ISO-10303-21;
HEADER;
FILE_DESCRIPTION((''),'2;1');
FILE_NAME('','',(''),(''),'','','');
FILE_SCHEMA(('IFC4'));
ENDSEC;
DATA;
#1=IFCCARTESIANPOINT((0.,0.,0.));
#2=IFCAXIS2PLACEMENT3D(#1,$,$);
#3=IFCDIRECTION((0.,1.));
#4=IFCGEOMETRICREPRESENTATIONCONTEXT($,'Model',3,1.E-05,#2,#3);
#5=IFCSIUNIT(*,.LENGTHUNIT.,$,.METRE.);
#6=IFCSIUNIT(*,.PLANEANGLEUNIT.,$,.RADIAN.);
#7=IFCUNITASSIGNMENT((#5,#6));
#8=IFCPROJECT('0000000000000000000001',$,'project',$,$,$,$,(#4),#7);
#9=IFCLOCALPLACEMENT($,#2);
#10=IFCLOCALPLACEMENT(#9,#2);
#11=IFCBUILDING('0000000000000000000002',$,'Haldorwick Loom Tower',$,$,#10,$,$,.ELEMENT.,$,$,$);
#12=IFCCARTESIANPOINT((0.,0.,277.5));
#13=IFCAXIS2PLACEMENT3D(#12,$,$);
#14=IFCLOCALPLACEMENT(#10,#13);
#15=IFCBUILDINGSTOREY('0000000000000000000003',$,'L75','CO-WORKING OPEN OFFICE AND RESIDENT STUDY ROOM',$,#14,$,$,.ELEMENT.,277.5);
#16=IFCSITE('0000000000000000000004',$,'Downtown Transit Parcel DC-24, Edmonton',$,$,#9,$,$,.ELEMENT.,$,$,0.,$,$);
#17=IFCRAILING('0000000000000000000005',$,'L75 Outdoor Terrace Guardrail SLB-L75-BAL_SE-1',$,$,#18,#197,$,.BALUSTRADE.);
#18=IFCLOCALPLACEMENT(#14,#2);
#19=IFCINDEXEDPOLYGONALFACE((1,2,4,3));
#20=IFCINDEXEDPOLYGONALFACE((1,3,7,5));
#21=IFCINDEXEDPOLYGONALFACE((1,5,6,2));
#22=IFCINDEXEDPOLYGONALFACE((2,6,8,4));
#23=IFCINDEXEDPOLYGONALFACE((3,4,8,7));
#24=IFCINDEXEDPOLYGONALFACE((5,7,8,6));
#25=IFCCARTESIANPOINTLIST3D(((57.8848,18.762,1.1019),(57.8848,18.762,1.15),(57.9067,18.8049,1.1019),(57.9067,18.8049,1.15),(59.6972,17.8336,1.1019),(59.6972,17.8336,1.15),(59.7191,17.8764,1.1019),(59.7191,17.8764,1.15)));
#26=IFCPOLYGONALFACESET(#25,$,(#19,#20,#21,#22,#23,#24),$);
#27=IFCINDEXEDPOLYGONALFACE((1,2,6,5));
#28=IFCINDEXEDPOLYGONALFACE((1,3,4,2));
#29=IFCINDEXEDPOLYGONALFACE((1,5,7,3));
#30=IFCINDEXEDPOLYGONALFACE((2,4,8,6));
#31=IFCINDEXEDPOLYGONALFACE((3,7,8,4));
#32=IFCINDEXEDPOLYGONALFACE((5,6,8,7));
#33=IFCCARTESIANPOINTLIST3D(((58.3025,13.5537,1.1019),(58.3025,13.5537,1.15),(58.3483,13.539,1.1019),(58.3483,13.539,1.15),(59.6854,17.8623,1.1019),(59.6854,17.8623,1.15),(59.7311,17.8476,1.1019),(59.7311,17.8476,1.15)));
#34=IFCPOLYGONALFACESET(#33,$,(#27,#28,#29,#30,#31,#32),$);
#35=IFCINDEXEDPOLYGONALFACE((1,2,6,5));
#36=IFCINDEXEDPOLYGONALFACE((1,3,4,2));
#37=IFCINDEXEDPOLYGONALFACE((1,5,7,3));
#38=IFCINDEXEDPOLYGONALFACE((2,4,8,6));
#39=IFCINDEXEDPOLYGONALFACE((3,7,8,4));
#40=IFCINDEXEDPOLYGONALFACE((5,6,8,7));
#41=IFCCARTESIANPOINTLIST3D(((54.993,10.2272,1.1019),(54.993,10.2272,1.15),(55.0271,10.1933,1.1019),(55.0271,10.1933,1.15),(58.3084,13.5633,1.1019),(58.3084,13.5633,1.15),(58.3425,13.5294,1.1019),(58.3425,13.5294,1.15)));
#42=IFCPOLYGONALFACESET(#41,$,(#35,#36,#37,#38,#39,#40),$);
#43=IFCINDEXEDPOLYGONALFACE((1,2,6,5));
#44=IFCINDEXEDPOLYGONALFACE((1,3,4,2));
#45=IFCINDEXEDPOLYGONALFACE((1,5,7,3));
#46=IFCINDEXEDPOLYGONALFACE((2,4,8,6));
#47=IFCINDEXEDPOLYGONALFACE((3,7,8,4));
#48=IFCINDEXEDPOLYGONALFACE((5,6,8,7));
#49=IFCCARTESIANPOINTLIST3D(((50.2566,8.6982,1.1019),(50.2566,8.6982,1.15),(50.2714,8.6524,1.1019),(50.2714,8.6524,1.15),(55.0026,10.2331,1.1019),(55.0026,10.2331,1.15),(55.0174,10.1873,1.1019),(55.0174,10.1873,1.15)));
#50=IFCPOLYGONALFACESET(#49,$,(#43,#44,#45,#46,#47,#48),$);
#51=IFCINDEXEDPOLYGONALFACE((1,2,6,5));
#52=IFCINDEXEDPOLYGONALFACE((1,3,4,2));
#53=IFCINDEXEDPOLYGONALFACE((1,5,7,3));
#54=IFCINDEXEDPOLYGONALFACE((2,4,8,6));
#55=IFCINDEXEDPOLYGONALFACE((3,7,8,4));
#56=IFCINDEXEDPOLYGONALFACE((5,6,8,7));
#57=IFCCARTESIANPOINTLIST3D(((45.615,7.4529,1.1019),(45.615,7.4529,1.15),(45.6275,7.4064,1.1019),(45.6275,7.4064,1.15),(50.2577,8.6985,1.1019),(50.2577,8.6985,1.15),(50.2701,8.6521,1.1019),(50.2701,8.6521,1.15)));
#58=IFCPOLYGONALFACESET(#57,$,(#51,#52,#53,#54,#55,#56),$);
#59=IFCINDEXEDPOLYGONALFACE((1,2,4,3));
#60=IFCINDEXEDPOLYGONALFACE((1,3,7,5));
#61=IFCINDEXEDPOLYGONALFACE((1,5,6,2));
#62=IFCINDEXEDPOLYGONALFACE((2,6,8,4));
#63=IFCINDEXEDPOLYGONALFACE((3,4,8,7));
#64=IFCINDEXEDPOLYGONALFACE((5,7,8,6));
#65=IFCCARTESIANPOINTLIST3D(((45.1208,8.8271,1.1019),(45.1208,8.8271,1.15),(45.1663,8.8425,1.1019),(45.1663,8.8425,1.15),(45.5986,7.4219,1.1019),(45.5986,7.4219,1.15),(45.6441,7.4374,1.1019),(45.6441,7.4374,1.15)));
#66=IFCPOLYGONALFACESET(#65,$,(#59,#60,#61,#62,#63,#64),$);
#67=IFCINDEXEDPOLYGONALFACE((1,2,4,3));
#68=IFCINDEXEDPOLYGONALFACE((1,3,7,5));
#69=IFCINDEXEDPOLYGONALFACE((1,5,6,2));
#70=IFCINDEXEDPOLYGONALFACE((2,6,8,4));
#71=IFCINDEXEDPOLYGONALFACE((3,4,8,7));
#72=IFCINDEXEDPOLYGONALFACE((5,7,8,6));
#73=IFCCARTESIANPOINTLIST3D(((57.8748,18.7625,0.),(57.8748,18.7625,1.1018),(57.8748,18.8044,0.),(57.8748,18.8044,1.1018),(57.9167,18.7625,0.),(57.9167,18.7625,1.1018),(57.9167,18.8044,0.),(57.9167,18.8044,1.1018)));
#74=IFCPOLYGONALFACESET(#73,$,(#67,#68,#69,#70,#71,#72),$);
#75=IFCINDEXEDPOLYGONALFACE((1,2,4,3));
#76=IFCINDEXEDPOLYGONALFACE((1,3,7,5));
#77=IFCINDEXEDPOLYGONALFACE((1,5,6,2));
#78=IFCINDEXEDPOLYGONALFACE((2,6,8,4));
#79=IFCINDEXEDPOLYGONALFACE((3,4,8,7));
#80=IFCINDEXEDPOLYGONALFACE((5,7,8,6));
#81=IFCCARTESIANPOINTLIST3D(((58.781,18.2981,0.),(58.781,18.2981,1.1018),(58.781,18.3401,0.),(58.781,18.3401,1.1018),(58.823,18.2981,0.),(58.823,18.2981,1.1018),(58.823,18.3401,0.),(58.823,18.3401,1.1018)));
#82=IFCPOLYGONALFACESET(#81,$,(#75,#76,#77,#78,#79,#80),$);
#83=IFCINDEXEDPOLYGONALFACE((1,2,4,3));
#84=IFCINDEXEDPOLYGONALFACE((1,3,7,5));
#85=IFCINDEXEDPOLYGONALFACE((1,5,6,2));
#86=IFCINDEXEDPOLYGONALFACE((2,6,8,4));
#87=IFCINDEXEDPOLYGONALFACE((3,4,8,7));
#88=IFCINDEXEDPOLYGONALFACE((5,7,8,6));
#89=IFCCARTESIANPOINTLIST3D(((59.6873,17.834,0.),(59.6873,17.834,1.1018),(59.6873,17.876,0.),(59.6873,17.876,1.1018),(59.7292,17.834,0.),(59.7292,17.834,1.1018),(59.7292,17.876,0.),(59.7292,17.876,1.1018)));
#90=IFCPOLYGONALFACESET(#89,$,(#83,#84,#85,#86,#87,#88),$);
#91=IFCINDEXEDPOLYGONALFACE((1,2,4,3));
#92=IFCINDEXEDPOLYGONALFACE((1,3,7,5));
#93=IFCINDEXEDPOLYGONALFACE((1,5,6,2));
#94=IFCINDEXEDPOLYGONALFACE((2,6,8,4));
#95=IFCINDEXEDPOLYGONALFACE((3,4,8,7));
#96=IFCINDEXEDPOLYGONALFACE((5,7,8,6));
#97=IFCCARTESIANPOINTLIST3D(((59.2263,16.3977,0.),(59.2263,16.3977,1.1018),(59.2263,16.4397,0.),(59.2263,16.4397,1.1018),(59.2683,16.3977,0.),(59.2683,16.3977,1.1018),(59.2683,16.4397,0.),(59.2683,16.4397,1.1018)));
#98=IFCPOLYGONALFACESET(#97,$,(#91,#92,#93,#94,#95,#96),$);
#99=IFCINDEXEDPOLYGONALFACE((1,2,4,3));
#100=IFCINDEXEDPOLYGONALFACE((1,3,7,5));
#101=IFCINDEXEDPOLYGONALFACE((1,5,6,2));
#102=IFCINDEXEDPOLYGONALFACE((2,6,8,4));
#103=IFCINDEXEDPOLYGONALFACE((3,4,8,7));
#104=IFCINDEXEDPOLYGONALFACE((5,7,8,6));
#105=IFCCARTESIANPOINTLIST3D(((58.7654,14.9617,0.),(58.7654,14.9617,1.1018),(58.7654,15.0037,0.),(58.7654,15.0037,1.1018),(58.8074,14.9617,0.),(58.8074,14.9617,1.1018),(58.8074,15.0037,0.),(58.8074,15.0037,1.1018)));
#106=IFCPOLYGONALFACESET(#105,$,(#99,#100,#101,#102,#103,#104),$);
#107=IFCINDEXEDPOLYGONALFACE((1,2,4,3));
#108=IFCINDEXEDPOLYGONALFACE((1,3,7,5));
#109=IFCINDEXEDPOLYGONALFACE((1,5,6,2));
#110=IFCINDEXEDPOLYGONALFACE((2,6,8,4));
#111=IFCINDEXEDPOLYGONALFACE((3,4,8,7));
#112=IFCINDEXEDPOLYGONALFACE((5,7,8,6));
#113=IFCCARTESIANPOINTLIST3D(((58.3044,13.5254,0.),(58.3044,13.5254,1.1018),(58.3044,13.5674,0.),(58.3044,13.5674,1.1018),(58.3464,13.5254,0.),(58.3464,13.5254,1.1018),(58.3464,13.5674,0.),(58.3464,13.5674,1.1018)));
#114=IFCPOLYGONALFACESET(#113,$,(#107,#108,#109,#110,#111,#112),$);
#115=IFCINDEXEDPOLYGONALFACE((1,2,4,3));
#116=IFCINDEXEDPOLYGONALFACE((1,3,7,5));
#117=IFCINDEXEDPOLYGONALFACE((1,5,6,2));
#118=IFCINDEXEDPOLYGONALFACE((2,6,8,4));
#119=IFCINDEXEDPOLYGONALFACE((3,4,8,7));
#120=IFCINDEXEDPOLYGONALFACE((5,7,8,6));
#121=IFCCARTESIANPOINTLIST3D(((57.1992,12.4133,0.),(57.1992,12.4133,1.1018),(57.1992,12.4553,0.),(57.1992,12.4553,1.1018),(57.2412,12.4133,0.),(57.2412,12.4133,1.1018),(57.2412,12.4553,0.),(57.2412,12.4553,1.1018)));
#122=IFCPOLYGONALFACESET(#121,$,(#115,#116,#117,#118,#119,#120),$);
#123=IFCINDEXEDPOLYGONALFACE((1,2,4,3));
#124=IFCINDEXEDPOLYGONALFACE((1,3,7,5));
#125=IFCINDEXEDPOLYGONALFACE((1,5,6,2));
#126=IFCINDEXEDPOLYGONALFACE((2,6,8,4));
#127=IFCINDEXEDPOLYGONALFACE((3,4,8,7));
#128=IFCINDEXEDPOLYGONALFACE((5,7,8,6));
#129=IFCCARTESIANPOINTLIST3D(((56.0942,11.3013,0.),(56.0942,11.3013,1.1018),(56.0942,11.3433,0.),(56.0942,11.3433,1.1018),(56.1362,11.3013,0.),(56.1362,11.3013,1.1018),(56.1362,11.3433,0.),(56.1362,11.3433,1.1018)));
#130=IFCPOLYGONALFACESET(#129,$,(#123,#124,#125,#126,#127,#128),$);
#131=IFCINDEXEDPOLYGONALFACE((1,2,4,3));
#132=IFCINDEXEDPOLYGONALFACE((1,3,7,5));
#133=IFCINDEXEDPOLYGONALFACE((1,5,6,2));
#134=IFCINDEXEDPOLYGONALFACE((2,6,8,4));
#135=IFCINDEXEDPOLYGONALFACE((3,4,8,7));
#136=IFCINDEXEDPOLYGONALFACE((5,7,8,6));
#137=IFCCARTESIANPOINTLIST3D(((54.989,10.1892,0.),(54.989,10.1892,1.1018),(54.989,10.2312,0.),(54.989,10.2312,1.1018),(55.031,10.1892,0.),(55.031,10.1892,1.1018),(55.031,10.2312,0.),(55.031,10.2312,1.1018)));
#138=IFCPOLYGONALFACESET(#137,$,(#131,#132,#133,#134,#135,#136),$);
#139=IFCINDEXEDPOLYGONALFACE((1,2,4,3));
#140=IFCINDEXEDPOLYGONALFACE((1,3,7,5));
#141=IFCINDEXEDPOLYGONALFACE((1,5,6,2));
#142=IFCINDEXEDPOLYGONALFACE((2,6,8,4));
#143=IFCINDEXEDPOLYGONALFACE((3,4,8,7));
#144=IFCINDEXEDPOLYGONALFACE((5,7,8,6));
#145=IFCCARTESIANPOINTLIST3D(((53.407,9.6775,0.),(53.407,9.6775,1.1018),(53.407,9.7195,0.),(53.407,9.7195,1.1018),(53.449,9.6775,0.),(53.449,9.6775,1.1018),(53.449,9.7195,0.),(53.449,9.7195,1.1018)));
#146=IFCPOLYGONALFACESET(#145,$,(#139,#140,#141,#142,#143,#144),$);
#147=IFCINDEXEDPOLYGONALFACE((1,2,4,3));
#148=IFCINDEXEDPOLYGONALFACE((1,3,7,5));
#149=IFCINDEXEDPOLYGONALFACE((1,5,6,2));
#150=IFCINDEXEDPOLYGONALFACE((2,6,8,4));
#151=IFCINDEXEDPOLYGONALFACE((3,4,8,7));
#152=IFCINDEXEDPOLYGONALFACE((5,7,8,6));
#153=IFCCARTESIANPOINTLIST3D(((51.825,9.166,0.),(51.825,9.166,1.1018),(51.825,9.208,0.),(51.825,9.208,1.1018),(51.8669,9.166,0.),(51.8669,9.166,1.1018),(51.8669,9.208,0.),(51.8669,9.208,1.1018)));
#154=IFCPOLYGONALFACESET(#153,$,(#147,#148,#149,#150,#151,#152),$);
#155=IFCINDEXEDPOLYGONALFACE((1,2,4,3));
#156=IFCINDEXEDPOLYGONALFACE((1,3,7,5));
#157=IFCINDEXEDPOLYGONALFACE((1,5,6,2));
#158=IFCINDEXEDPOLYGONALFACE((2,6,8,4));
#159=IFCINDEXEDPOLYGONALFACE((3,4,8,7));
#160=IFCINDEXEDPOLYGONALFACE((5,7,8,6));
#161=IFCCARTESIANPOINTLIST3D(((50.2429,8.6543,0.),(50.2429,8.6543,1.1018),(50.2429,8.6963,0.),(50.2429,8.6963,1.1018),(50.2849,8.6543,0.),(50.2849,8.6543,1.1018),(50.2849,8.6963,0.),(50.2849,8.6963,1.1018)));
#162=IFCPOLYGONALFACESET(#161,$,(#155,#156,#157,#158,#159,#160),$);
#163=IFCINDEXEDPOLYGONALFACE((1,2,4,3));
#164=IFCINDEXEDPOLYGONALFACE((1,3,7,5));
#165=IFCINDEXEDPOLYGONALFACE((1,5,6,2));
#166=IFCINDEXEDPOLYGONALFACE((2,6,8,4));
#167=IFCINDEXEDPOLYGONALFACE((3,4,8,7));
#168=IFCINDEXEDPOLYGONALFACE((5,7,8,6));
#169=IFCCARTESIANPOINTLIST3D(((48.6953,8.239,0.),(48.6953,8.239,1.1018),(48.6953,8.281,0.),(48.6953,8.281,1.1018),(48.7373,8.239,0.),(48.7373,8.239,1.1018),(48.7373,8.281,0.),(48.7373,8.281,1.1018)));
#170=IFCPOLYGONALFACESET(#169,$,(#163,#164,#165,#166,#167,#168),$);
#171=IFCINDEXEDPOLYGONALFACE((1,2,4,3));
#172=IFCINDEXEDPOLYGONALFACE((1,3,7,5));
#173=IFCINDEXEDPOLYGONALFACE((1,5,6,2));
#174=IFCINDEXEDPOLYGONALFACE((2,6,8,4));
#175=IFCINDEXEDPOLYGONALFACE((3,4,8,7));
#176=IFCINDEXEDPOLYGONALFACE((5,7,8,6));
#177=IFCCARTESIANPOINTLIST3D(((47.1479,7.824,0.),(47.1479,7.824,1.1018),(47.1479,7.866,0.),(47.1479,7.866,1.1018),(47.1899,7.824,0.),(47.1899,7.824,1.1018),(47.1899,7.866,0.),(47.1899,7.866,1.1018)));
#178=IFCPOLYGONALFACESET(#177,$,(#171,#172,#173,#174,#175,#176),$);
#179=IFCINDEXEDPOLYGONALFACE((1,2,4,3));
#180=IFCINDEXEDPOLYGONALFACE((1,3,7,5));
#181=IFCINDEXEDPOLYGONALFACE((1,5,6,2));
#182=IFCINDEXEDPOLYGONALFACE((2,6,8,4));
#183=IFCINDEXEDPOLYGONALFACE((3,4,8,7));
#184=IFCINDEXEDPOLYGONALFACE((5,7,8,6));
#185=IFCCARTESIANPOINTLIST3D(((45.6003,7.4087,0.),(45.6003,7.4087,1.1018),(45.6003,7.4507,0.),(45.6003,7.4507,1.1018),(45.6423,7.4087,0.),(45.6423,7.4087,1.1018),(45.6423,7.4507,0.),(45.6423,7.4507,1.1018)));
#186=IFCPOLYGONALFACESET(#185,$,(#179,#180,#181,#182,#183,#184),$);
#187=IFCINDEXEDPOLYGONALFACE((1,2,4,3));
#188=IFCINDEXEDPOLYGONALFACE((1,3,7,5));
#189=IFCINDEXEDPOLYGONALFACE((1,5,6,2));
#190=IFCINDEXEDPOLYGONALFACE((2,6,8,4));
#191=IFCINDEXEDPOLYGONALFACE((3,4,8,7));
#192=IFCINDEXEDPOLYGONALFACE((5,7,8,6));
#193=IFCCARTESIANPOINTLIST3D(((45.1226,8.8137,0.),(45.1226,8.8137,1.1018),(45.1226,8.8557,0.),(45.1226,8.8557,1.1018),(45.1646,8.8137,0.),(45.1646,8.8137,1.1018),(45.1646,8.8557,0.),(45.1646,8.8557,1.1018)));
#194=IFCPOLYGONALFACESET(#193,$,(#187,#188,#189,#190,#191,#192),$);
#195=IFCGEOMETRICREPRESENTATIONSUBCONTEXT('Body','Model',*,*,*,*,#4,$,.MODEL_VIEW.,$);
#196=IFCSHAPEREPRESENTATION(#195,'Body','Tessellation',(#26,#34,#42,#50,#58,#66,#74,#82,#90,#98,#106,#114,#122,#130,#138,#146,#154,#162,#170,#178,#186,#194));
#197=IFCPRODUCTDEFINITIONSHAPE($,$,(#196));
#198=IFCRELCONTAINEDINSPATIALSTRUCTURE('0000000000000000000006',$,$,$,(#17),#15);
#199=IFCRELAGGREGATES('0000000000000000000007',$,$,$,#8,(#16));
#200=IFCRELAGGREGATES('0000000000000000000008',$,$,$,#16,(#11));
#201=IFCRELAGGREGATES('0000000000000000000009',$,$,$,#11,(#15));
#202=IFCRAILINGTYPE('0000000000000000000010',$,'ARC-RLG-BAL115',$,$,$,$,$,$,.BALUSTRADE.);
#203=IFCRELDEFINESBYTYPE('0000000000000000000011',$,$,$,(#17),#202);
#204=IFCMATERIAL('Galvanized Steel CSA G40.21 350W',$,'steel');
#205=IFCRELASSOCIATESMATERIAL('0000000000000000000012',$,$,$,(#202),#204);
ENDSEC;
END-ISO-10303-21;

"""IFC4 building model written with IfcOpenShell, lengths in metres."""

from ifc_helpers import new_model, si_unit, direction, frame, origin, origin_2d, place, context, subcontext, project, spatial, rectangle, extrude, material, type_object, element, save


model = new_model("IFC4")

# Units and contexts
model_context = context("Model", 3, precision=1e-05, world=origin(), true_north=direction((0.0, 1.0)))
body_context = subcontext(model_context, "Body", "Model", "MODEL_VIEW")
ifc_project = project(units=[si_unit("LENGTHUNIT", "METRE"), si_unit("PLANEANGLEUNIT", "RADIAN")], contexts=[model_context])

# Site, building, storey
site_placement = place(None, origin())
site = spatial("IfcSite", under=ifc_project, at=site_placement, Name="Downtown Transit Parcel DC-24, Edmonton", CompositionType="ELEMENT", RefElevation=0.0)
building_placement = place(site_placement, origin())
building = spatial("IfcBuilding", under=site, at=building_placement, Name="Haldorwick Loom Tower", CompositionType="ELEMENT")
storey_placement = place(building_placement, frame((0.0, 0.0, 277.5)))
storey = spatial("IfcBuildingStorey", under=building, at=storey_placement, Name="L75", Description="CO-WORKING OPEN OFFICE AND RESIDENT STUDY ROOM", CompositionType="ELEMENT", Elevation=277.5)

# Railing
ifc_material_1 = material(Name="Galvanized Steel CSA G40.21 350W", Category="steel")
railing_type = type_object("IfcRailingType", Name="ARC-RLG-BAL115", PredefinedType="BALUSTRADE", material=ifc_material_1)
railing_placement = place(storey_placement, frame((57.8958, 18.7834, 0.0)))
element("IfcRailing", 1, at=railing_placement, inside=storey, type_object=railing_type, Name="L75 Outdoor Terrace Guardrail SLB-L75-BAL_SE-1", PredefinedType="BALUSTRADE", context=body_context, shape_type="SweptSolid", body=[
    extrude(rectangle(XDim=0.0481, YDim=0.0481, at=origin_2d()), frame((0.0, 0.0, 1.126), z_axis=(0.890021, -0.45592, 0.0), x_axis=(0.45592, 0.890021, 0.0)), (0.0, 0.0, 1.0), 2.0364),
    extrude(rectangle(XDim=0.0481, YDim=0.0481, at=origin_2d()), frame((1.8125, -0.9285, 1.126), z_axis=(-0.30559, -0.952163, 0.0), x_axis=(0.952163, -0.30559, 0.0)), (0.0, 0.0, 1.0), 4.5251),
    extrude(rectangle(XDim=0.0481, YDim=0.0481, at=origin_2d()), frame((0.4297, -5.2371, 1.126), z_axis=(-0.704897, -0.709309, 0.0), x_axis=(0.709309, -0.704897, 0.0)), (0.0, 0.0, 1.0), 4.7034),
    extrude(rectangle(XDim=0.0481, YDim=0.0481, at=origin_2d()), frame((-2.8857, -8.5732, 1.126), z_axis=(-0.951479, -0.307713, 0.0), x_axis=(0.307713, -0.951479, 0.0)), (0.0, 0.0, 1.0), 4.988),
    extrude(rectangle(XDim=0.0481, YDim=0.0481, at=origin_2d()), frame((-7.6318, -10.1082, 1.126), z_axis=(-0.965841, -0.259135, 0.0), x_axis=(0.259135, -0.965841, 0.0)), (0.0, 0.0, 1.0), 4.8069),
    extrude(rectangle(XDim=0.0481, YDim=0.0481, at=origin_2d()), frame((-12.2744, -11.3538, 1.126), z_axis=(-0.321947, 0.946758, 0.0), x_axis=(-0.946758, -0.321947, 0.0)), (0.0, 0.0, 1.0), 1.4841),
    extrude(rectangle(XDim=0.042, YDim=0.042, at=origin_2d()), origin(), (0.0, 0.0, 1.0), 1.1018),
    extrude(rectangle(XDim=0.042, YDim=0.042, at=origin_2d()), frame((0.9062, -0.4644, 0.0)), (0.0, 0.0, 1.0), 1.1018),
    extrude(rectangle(XDim=0.042, YDim=0.042, at=origin_2d()), frame((1.8125, -0.9285, 0.0)), (0.0, 0.0, 1.0), 1.1018),
    extrude(rectangle(XDim=0.042, YDim=0.042, at=origin_2d()), frame((1.3516, -2.3647, 0.0)), (0.0, 0.0, 1.0), 1.1018),
    extrude(rectangle(XDim=0.042, YDim=0.042, at=origin_2d()), frame((0.8906, -3.8008, 0.0)), (0.0, 0.0, 1.0), 1.1018),
    extrude(rectangle(XDim=0.042, YDim=0.042, at=origin_2d()), frame((0.4297, -5.2371, 0.0)), (0.0, 0.0, 1.0), 1.1018),
    extrude(rectangle(XDim=0.042, YDim=0.042, at=origin_2d()), frame((-0.6755, -6.3491, 0.0)), (0.0, 0.0, 1.0), 1.1018),
    extrude(rectangle(XDim=0.042, YDim=0.042, at=origin_2d()), frame((-1.7805, -7.4612, 0.0)), (0.0, 0.0, 1.0), 1.1018),
    extrude(rectangle(XDim=0.042, YDim=0.042, at=origin_2d()), frame((-2.8857, -8.5732, 0.0)), (0.0, 0.0, 1.0), 1.1018),
    extrude(rectangle(XDim=0.042, YDim=0.042, at=origin_2d()), frame((-4.4678, -9.085, 0.0)), (0.0, 0.0, 1.0), 1.1018),
    extrude(rectangle(XDim=0.042, YDim=0.042, at=origin_2d()), frame((-6.0498, -9.5964, 0.0)), (0.0, 0.0, 1.0), 1.1018),
    extrude(rectangle(XDim=0.042, YDim=0.042, at=origin_2d()), frame((-7.6318, -10.1082, 0.0)), (0.0, 0.0, 1.0), 1.1018),
    extrude(rectangle(XDim=0.042, YDim=0.042, at=origin_2d()), frame((-9.1794, -10.5234, 0.0)), (0.0, 0.0, 1.0), 1.1018),
    extrude(rectangle(XDim=0.042, YDim=0.042, at=origin_2d()), frame((-10.7268, -10.9385, 0.0)), (0.0, 0.0, 1.0), 1.1018),
    extrude(rectangle(XDim=0.042, YDim=0.042, at=origin_2d()), frame((-12.2744, -11.3538, 0.0)), (0.0, 0.0, 1.0), 1.1018),
    extrude(rectangle(XDim=0.042, YDim=0.042, at=origin_2d()), frame((-12.7522, -9.9487, 0.0)), (0.0, 0.0, 1.0), 1.1018),
])

save(model, "model.ifc")
